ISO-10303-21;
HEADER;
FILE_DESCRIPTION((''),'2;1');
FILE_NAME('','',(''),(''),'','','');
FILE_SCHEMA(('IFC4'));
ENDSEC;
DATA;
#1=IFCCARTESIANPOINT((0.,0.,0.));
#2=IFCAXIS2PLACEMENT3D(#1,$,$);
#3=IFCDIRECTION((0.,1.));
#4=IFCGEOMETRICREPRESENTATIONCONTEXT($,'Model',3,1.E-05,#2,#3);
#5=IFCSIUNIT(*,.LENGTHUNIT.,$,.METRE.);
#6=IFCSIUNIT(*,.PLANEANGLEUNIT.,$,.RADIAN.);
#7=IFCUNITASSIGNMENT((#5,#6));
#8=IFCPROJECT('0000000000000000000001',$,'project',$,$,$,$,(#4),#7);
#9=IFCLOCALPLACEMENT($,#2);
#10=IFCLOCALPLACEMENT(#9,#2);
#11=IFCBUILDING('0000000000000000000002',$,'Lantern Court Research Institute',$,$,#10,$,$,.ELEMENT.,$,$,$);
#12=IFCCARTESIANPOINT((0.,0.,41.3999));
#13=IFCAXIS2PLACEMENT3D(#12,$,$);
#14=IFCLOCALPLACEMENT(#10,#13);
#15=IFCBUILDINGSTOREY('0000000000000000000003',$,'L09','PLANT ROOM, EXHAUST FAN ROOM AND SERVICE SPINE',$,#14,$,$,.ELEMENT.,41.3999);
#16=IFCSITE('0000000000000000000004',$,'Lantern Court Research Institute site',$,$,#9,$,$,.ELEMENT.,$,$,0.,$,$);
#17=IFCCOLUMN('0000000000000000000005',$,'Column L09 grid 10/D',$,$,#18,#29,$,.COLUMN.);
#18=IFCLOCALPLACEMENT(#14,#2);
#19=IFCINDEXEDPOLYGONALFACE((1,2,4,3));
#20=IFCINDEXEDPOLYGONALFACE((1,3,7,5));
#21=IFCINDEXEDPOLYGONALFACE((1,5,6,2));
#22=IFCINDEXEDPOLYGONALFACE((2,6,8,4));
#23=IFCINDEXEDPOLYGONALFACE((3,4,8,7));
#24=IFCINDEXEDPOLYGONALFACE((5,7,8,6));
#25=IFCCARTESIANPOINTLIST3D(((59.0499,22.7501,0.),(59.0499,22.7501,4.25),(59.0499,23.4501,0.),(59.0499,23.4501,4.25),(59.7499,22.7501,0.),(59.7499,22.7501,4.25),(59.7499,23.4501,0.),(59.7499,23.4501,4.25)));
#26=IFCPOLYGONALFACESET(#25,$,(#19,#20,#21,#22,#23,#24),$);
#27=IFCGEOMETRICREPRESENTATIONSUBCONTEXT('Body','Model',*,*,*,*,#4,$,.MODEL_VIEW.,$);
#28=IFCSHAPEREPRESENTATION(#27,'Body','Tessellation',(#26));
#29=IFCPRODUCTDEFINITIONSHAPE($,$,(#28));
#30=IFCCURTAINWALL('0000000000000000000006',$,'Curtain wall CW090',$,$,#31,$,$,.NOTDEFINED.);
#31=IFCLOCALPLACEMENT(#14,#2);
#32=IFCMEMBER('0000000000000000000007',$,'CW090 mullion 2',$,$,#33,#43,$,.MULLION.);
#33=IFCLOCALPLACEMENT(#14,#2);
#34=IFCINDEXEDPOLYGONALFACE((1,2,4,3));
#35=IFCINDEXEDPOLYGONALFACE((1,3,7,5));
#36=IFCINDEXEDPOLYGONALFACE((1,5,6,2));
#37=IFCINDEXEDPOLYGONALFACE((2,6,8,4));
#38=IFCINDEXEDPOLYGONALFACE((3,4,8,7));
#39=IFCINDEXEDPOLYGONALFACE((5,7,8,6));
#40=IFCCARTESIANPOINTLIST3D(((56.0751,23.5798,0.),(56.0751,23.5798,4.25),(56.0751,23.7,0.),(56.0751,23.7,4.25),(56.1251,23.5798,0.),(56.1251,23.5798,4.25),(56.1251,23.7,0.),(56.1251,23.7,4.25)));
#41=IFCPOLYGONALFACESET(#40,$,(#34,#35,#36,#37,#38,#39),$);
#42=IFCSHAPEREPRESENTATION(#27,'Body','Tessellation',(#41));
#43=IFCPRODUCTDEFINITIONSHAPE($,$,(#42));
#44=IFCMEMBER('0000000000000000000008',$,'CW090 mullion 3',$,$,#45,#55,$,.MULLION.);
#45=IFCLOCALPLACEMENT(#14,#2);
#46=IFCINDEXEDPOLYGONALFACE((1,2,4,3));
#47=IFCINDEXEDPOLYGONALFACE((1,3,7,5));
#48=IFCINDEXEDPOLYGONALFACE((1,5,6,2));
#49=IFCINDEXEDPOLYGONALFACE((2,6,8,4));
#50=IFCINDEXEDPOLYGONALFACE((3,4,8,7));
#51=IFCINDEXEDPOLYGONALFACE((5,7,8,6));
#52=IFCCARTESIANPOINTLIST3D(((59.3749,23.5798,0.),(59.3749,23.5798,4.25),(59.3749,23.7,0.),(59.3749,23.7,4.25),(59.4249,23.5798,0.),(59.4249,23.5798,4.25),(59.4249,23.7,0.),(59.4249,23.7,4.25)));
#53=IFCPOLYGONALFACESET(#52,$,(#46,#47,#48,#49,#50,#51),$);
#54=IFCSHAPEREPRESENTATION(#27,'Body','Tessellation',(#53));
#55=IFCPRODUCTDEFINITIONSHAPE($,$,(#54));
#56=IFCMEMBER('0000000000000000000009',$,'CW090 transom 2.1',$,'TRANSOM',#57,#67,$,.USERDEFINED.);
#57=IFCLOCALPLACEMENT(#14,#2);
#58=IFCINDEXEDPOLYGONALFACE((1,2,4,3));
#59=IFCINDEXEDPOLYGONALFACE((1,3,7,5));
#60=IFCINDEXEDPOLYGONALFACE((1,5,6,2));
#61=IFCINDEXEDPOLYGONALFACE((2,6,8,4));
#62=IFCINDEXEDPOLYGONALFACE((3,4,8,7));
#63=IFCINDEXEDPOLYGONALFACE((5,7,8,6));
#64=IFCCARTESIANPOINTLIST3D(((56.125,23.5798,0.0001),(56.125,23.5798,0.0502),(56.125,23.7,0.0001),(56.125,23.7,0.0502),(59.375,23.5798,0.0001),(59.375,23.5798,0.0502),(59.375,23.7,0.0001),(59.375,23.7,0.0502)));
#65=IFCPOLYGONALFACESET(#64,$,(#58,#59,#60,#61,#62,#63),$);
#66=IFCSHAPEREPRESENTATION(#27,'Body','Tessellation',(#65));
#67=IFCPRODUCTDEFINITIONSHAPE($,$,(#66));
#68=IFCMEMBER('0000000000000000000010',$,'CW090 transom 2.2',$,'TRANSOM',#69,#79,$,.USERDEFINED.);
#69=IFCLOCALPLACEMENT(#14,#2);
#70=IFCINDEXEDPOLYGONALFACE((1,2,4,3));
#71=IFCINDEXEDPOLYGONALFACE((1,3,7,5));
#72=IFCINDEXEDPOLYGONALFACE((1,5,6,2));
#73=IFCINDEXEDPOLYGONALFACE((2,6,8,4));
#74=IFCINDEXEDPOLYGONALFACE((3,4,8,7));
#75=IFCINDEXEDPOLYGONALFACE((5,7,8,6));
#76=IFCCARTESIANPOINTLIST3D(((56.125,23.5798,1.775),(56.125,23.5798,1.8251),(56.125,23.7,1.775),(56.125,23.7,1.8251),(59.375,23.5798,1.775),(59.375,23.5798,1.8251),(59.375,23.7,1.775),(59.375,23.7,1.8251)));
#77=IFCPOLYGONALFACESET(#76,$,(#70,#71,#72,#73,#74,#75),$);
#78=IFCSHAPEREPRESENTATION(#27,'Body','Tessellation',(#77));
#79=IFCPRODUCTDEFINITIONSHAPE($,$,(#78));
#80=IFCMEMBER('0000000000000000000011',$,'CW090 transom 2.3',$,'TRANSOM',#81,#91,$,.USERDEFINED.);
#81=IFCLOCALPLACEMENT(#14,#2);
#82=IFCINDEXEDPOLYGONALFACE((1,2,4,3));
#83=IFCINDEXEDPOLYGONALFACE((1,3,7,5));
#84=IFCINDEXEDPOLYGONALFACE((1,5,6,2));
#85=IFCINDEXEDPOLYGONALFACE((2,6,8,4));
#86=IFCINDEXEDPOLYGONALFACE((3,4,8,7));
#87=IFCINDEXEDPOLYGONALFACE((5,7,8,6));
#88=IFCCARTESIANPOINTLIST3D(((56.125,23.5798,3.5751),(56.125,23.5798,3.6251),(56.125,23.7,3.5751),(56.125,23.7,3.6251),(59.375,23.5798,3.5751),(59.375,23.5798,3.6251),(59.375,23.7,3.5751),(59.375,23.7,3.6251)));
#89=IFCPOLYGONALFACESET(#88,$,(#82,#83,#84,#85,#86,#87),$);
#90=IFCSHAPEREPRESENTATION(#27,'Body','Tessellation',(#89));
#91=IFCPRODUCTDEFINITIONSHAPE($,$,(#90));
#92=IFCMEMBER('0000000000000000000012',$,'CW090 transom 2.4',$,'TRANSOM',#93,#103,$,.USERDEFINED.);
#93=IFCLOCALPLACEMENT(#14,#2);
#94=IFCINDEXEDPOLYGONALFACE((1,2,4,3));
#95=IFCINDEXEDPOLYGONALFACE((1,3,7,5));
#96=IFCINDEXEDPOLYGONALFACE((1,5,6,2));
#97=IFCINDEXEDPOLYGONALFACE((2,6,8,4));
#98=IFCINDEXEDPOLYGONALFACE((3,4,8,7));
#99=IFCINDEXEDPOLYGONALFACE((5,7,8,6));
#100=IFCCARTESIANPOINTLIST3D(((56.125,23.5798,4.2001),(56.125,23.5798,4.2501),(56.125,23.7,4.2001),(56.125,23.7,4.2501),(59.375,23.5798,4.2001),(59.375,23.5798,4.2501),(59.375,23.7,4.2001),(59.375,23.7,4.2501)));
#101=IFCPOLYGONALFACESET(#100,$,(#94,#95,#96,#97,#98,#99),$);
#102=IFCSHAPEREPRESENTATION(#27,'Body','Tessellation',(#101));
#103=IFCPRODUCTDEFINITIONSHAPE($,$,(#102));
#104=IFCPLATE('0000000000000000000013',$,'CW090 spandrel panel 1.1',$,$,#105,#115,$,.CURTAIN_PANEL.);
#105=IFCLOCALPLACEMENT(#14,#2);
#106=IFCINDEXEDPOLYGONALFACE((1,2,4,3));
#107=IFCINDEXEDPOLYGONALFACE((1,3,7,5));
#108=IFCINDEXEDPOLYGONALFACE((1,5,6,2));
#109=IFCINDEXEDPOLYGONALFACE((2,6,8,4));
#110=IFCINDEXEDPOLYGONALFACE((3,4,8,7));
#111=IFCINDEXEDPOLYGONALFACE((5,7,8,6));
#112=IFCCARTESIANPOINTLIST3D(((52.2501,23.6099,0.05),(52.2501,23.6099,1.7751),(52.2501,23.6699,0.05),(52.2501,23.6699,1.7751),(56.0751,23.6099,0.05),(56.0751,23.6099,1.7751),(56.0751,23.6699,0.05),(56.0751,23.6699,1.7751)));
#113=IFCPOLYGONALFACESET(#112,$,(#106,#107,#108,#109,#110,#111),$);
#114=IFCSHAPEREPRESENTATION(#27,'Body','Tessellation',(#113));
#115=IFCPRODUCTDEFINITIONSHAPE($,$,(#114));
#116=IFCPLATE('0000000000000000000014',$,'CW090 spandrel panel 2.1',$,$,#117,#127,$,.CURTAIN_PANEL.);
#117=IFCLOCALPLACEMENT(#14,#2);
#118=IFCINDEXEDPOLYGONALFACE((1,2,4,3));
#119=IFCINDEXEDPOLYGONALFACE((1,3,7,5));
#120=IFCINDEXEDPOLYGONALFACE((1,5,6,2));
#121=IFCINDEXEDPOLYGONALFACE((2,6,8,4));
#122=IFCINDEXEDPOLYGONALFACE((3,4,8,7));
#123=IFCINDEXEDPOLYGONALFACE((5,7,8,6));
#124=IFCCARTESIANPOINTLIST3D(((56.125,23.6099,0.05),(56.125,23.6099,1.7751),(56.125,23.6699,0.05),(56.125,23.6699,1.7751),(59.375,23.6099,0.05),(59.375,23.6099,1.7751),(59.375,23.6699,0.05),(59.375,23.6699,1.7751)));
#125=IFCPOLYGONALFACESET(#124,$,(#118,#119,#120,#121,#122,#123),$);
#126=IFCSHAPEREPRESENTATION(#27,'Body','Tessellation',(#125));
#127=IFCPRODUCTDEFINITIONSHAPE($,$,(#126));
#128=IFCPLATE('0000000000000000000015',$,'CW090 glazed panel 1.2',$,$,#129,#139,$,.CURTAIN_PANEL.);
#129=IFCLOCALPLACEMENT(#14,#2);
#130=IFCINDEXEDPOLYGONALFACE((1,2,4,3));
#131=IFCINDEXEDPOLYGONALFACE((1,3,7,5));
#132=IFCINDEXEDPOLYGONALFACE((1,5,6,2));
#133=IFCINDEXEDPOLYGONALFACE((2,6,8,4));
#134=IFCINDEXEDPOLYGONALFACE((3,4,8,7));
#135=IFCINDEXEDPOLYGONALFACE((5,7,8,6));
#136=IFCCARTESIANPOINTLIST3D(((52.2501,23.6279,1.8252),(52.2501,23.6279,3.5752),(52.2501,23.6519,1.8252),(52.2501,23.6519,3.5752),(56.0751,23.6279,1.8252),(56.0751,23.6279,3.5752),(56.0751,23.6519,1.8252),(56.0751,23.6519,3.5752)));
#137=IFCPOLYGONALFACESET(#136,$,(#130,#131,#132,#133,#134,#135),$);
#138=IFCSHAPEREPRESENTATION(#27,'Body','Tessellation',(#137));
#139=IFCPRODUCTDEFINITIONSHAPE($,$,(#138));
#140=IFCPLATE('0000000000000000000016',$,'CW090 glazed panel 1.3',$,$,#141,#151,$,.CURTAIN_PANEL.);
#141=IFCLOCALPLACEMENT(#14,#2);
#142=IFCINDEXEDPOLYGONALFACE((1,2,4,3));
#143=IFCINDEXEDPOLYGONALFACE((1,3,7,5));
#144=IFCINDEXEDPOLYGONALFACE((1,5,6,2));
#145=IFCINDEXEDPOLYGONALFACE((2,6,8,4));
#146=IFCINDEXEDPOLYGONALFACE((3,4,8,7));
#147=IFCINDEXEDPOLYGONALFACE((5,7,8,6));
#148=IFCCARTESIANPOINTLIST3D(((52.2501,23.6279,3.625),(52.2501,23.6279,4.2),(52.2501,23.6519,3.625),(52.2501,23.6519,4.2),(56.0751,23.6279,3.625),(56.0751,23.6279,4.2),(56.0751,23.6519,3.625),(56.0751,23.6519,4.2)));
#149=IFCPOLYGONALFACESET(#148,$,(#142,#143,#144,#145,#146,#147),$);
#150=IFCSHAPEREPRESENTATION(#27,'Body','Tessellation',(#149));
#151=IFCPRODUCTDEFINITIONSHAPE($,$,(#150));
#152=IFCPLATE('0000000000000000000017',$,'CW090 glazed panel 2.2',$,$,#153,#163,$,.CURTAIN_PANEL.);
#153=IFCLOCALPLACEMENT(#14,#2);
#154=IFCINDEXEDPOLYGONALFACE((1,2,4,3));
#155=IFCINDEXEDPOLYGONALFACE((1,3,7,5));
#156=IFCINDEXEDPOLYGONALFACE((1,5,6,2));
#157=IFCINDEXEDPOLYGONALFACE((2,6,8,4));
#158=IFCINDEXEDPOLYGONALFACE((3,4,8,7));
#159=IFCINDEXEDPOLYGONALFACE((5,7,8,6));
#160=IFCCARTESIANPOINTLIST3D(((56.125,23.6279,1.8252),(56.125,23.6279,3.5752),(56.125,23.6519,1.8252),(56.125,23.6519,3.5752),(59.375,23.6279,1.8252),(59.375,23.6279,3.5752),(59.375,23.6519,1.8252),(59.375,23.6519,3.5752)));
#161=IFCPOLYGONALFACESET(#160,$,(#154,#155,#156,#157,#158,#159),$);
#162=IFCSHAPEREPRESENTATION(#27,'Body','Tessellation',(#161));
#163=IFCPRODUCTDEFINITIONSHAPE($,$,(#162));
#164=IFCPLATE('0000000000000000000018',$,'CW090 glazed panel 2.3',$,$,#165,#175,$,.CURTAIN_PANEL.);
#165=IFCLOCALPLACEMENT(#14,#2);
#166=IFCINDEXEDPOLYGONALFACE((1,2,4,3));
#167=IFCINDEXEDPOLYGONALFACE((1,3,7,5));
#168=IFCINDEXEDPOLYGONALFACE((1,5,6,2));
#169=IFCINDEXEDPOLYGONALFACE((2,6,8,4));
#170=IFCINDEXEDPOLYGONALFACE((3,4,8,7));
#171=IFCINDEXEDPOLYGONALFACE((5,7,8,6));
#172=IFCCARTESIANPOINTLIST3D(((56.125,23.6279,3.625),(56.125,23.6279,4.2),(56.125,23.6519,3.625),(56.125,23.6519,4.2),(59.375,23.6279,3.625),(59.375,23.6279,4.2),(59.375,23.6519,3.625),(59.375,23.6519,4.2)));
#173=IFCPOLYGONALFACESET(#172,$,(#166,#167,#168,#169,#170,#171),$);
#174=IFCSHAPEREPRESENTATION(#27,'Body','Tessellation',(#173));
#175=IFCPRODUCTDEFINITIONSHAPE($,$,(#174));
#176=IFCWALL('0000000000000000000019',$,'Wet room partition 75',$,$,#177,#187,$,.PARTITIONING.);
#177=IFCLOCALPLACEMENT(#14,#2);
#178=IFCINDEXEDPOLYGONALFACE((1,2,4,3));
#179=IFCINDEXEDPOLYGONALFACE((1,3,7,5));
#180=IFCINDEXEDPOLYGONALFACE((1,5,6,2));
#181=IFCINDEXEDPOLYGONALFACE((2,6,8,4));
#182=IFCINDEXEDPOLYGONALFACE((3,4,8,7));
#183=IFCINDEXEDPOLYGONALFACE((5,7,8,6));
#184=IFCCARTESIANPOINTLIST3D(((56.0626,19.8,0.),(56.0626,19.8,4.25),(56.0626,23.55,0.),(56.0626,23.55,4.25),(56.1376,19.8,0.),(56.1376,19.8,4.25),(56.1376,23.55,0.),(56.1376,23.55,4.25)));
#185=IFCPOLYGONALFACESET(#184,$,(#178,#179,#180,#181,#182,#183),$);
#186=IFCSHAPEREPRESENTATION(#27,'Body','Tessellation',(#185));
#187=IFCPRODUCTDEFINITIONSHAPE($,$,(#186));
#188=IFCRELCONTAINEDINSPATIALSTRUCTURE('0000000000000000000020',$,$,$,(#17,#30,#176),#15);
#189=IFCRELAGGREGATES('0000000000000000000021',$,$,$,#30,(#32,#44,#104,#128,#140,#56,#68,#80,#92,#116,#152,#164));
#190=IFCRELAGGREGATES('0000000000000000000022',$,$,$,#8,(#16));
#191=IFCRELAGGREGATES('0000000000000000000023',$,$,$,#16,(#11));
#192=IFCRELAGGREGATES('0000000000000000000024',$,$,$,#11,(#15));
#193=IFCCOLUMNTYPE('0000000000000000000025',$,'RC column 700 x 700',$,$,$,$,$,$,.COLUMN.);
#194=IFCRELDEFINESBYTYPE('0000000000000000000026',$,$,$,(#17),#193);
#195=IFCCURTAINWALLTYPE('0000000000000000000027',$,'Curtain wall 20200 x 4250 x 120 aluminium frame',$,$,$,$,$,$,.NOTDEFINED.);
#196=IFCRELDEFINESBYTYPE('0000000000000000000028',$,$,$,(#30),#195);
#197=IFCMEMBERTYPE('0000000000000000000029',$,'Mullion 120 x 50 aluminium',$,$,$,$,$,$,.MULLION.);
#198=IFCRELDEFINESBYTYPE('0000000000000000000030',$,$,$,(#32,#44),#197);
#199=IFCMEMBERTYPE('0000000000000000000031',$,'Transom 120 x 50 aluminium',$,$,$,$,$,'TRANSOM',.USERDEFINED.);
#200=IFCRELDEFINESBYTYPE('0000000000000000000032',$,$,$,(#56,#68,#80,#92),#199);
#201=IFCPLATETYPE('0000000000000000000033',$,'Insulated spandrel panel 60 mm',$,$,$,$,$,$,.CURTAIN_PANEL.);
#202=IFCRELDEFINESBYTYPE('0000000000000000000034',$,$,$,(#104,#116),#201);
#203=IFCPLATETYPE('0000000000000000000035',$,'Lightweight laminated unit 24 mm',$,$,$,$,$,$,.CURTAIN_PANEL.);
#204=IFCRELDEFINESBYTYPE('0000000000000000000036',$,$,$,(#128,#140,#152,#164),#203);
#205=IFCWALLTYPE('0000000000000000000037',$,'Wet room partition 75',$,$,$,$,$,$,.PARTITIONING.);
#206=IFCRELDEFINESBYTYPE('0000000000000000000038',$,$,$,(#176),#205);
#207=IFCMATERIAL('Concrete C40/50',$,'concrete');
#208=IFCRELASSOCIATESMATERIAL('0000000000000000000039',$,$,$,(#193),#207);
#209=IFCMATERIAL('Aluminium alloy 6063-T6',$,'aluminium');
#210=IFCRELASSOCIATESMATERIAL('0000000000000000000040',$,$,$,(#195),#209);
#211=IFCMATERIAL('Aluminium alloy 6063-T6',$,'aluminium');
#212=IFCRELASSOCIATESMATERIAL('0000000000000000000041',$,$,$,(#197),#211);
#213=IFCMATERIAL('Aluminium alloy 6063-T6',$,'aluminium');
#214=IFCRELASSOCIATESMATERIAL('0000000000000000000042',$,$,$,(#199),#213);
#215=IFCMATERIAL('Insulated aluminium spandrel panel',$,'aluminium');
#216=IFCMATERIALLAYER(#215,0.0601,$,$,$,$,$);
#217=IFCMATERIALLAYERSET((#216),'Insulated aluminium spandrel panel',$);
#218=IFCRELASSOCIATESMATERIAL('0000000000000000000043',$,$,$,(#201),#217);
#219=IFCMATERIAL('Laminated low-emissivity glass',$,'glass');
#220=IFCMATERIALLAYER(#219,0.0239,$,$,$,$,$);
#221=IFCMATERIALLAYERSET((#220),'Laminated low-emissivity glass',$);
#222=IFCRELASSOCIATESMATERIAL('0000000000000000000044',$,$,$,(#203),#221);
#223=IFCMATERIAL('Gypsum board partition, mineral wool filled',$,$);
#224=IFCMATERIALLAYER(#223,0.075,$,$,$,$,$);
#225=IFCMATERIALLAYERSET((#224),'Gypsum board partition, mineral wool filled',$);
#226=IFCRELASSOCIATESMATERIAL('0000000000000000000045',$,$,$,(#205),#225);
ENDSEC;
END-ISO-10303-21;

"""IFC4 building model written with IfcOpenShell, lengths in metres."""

from ifc_helpers import new_model, si_unit, direction, frame, frame_2d, origin, origin_2d, place, context, subcontext, project, spatial, rectangle, extrude, material, layer, layer_set, material_profile, profile_set, type_object, element, aggregate, save


model = new_model("IFC4")

# Units and contexts
model_context = context("Model", 3, precision=1e-05, world=origin(), true_north=direction((0.0, 1.0)))
body_context = subcontext(model_context, "Body", "Model", "MODEL_VIEW")
ifc_project = project(units=[si_unit("LENGTHUNIT", "METRE"), si_unit("PLANEANGLEUNIT", "RADIAN")], contexts=[model_context])

# Site, building, storey
site_placement = place(None, origin())
site = spatial("IfcSite", under=ifc_project, at=site_placement, Name="Lantern Court Research Institute site", CompositionType="ELEMENT", RefElevation=0.0)
building_placement = place(site_placement, origin())
building = spatial("IfcBuilding", under=site, at=building_placement, Name="Lantern Court Research Institute", CompositionType="ELEMENT")
storey_placement = place(building_placement, frame((0.0, 0.0, 41.3999)))
storey = spatial("IfcBuildingStorey", under=building, at=storey_placement, Name="L09", Description="PLANT ROOM, EXHAUST FAN ROOM AND SERVICE SPINE", CompositionType="ELEMENT", Elevation=41.3999)

# Column
ifc_material_1 = material(Name="Concrete C40/50", Category="concrete")
ifc_material_profile_1 = material_profile(ifc_material_1, rectangle(XDim=0.7, YDim=0.7, at=origin_2d()), Name="RC column 700 x 700")
ifc_profile_set_1 = profile_set([ifc_material_profile_1], Name="Concrete C40/50")
column_type = type_object("IfcColumnType", Name="RC column 700 x 700", PredefinedType="COLUMN", material=ifc_profile_set_1)
column_placement = place(storey_placement, frame((59.3999, 23.1001, 0.0), z_axis=(0.0, 0.0, 1.0), x_axis=(1.0, 0.0, 0.0)))
element("IfcColumn", 1, at=column_placement, inside=storey, type_object=column_type, Name="Column L09 grid 10/D", PredefinedType="COLUMN", context=body_context, shape_type="SweptSolid", body=[
    extrude(rectangle(XDim=0.7, YDim=0.7, at=origin_2d()), origin(), (0.0, 0.0, 1.0), 4.25),
])

# Curtain wall, members, plates
ifc_material_2 = material(Name="Aluminium alloy 6063-T6", Category="aluminium")
curtain_wall_type = type_object("IfcCurtainWallType", Name="Curtain wall 20200 x 4250 x 120 aluminium frame", PredefinedType="NOTDEFINED", material=ifc_material_2)
curtain_wall_placement = place(storey_placement, origin())
curtain_wall = element("IfcCurtainWall", 2, at=curtain_wall_placement, inside=storey, type_object=curtain_wall_type, Name="Curtain wall CW090", PredefinedType="NOTDEFINED")
ifc_material_3 = material(Name="Aluminium alloy 6063-T6", Category="aluminium")
ifc_material_profile_2 = material_profile(ifc_material_3, rectangle(XDim=0.1201, YDim=0.05, at=origin_2d()), Name="Mullion 120 x 50")
ifc_profile_set_2 = profile_set([ifc_material_profile_2], Name="Aluminium alloy 6063-T6")
member_type_1 = type_object("IfcMemberType", Name="Mullion 120 x 50 aluminium", PredefinedType="MULLION", material=ifc_profile_set_2)
member_1_placement = place(storey_placement, frame((56.1001, 23.6399, 0.0), z_axis=(0.0, 0.0, 1.0), x_axis=(0.0, 1.0, 0.0)))
member_1 = element("IfcMember", 3, at=member_1_placement, type_object=member_type_1, Name="CW090 mullion 2", PredefinedType="MULLION", context=body_context, shape_type="SweptSolid", body=[
    extrude(rectangle(XDim=0.1201, YDim=0.05, at=origin_2d()), origin(), (0.0, 0.0, 1.0), 4.25),
])
member_2_placement = place(storey_placement, frame((59.3999, 23.6399, 0.0), z_axis=(0.0, 0.0, 1.0), x_axis=(0.0, 1.0, 0.0)))
member_2 = element("IfcMember", 4, at=member_2_placement, type_object=member_type_1, Name="CW090 mullion 3", PredefinedType="MULLION", context=body_context, shape_type="SweptSolid", body=[
    extrude(rectangle(XDim=0.1201, YDim=0.05, at=origin_2d()), origin(), (0.0, 0.0, 1.0), 4.25),
])
ifc_material_4 = material(Name="Aluminium alloy 6063-T6", Category="aluminium")
ifc_material_profile_3 = material_profile(ifc_material_4, rectangle(XDim=0.1201, YDim=0.05, at=origin_2d()), Name="Transom 120 x 50")
ifc_profile_set_3 = profile_set([ifc_material_profile_3], Name="Aluminium alloy 6063-T6")
member_type_2 = type_object("IfcMemberType", Name="Transom 120 x 50 aluminium", ElementType="TRANSOM", PredefinedType="USERDEFINED", material=ifc_profile_set_3)
member_3_placement = place(storey_placement, frame((56.125, 23.6399, 0.0251), z_axis=(1.0, 0.0, 0.0), x_axis=(0.0, 1.0, 0.0)))
member_3 = element("IfcMember", 5, at=member_3_placement, type_object=member_type_2, Name="CW090 transom 2.1", ObjectType="TRANSOM", PredefinedType="USERDEFINED", context=body_context, shape_type="SweptSolid", body=[
    extrude(rectangle(XDim=0.1201, YDim=0.05, at=origin_2d()), origin(), (0.0, 0.0, 1.0), 3.25),
])
member_4_placement = place(storey_placement, frame((56.125, 23.6399, 1.8), z_axis=(1.0, 0.0, 0.0), x_axis=(0.0, 1.0, 0.0)))
member_4 = element("IfcMember", 6, at=member_4_placement, type_object=member_type_2, Name="CW090 transom 2.2", ObjectType="TRANSOM", PredefinedType="USERDEFINED", context=body_context, shape_type="SweptSolid", body=[
    extrude(rectangle(XDim=0.1201, YDim=0.05, at=origin_2d()), origin(), (0.0, 0.0, 1.0), 3.25),
])
member_5_placement = place(storey_placement, frame((56.125, 23.6399, 3.6001), z_axis=(1.0, 0.0, 0.0), x_axis=(0.0, 1.0, 0.0)))
member_5 = element("IfcMember", 7, at=member_5_placement, type_object=member_type_2, Name="CW090 transom 2.3", ObjectType="TRANSOM", PredefinedType="USERDEFINED", context=body_context, shape_type="SweptSolid", body=[
    extrude(rectangle(XDim=0.1201, YDim=0.05, at=origin_2d()), origin(), (0.0, 0.0, 1.0), 3.25),
])
member_6_placement = place(storey_placement, frame((56.125, 23.6399, 4.2251), z_axis=(1.0, 0.0, 0.0), x_axis=(0.0, 1.0, 0.0)))
member_6 = element("IfcMember", 8, at=member_6_placement, type_object=member_type_2, Name="CW090 transom 2.4", ObjectType="TRANSOM", PredefinedType="USERDEFINED", context=body_context, shape_type="SweptSolid", body=[
    extrude(rectangle(XDim=0.1201, YDim=0.05, at=origin_2d()), origin(), (0.0, 0.0, 1.0), 3.25),
])
ifc_material_5 = material(Name="Insulated aluminium spandrel panel", Category="aluminium")
ifc_layer_1 = layer(ifc_material_5, 0.0601)
ifc_layer_set_1 = layer_set([ifc_layer_1], Name="Insulated aluminium spandrel panel")
plate_type_1 = type_object("IfcPlateType", Name="Insulated spandrel panel 60 mm", PredefinedType="CURTAIN_PANEL", material=ifc_layer_set_1)
plate_1_placement = place(storey_placement, frame((54.1626, 23.6399, 0.05), z_axis=(0.0, 0.0, 1.0), x_axis=(1.0, 0.0, 0.0)))
plate_1 = element("IfcPlate", 9, at=plate_1_placement, type_object=plate_type_1, Name="CW090 spandrel panel 1.1", PredefinedType="CURTAIN_PANEL", context=body_context, shape_type="SweptSolid", body=[
    extrude(rectangle(XDim=3.825, YDim=0.0601, at=origin_2d()), origin(), (0.0, 0.0, 1.0), 1.7251),
])
plate_2_placement = place(storey_placement, frame((57.75, 23.6399, 0.05), z_axis=(0.0, 0.0, 1.0), x_axis=(1.0, 0.0, 0.0)))
plate_2 = element("IfcPlate", 10, at=plate_2_placement, type_object=plate_type_1, Name="CW090 spandrel panel 2.1", PredefinedType="CURTAIN_PANEL", context=body_context, shape_type="SweptSolid", body=[
    extrude(rectangle(XDim=3.25, YDim=0.0601, at=origin_2d()), origin(), (0.0, 0.0, 1.0), 1.7251),
])
ifc_material_6 = material(Name="Laminated low-emissivity glass", Category="glass")
ifc_layer_2 = layer(ifc_material_6, 0.0239)
ifc_layer_set_2 = layer_set([ifc_layer_2], Name="Laminated low-emissivity glass")
plate_type_2 = type_object("IfcPlateType", Name="Lightweight laminated unit 24 mm", PredefinedType="CURTAIN_PANEL", material=ifc_layer_set_2)
plate_3_placement = place(storey_placement, frame((54.1626, 23.6399, 1.8252), z_axis=(0.0, 0.0, 1.0), x_axis=(1.0, 0.0, 0.0)))
plate_3 = element("IfcPlate", 11, at=plate_3_placement, type_object=plate_type_2, Name="CW090 glazed panel 1.2", PredefinedType="CURTAIN_PANEL", context=body_context, shape_type="SweptSolid", body=[
    extrude(rectangle(XDim=3.825, YDim=0.0239, at=origin_2d()), origin(), (0.0, 0.0, 1.0), 1.75),
])
plate_4_placement = place(storey_placement, frame((54.1626, 23.6399, 3.625), z_axis=(0.0, 0.0, 1.0), x_axis=(1.0, 0.0, 0.0)))
plate_4 = element("IfcPlate", 12, at=plate_4_placement, type_object=plate_type_2, Name="CW090 glazed panel 1.3", PredefinedType="CURTAIN_PANEL", context=body_context, shape_type="SweptSolid", body=[
    extrude(rectangle(XDim=3.825, YDim=0.0239, at=origin_2d()), origin(), (0.0, 0.0, 1.0), 0.575),
])
plate_5_placement = place(storey_placement, frame((57.75, 23.6399, 1.8252), z_axis=(0.0, 0.0, 1.0), x_axis=(1.0, 0.0, 0.0)))
plate_5 = element("IfcPlate", 13, at=plate_5_placement, type_object=plate_type_2, Name="CW090 glazed panel 2.2", PredefinedType="CURTAIN_PANEL", context=body_context, shape_type="SweptSolid", body=[
    extrude(rectangle(XDim=3.25, YDim=0.0239, at=origin_2d()), origin(), (0.0, 0.0, 1.0), 1.75),
])
plate_6_placement = place(storey_placement, frame((57.75, 23.6399, 3.625), z_axis=(0.0, 0.0, 1.0), x_axis=(1.0, 0.0, 0.0)))
plate_6 = element("IfcPlate", 14, at=plate_6_placement, type_object=plate_type_2, Name="CW090 glazed panel 2.3", PredefinedType="CURTAIN_PANEL", context=body_context, shape_type="SweptSolid", body=[
    extrude(rectangle(XDim=3.25, YDim=0.0239, at=origin_2d()), origin(), (0.0, 0.0, 1.0), 0.575),
])
aggregate(curtain_wall, [member_1, member_2, plate_1, plate_3, plate_4, member_3, member_4, member_5, member_6, plate_2, plate_5, plate_6])

# Wall
ifc_material_7 = material(Name="Gypsum board partition, mineral wool filled")
ifc_layer_3 = layer(ifc_material_7, 0.075)
ifc_layer_set_3 = layer_set([ifc_layer_3], Name="Gypsum board partition, mineral wool filled")
wall_type = type_object("IfcWallType", Name="Wet room partition 75", PredefinedType="PARTITIONING", material=ifc_layer_set_3)
wall_1_placement = place(storey_placement, frame((56.1001, 19.8, 0.0), z_axis=(0.0, 0.0, 1.0), x_axis=(0.0, 1.0, 0.0)))
element("IfcWall", 15, at=wall_1_placement, inside=storey, type_object=wall_type, Name="Wet room partition 75", PredefinedType="PARTITIONING", context=body_context, shape_type="SweptSolid", body=[
    extrude(rectangle(XDim=3.75, YDim=0.075, at=frame_2d((1.875, 0.0))), origin(), (0.0, 0.0, 1.0), 4.25),
])

save(model, "model.ifc")
